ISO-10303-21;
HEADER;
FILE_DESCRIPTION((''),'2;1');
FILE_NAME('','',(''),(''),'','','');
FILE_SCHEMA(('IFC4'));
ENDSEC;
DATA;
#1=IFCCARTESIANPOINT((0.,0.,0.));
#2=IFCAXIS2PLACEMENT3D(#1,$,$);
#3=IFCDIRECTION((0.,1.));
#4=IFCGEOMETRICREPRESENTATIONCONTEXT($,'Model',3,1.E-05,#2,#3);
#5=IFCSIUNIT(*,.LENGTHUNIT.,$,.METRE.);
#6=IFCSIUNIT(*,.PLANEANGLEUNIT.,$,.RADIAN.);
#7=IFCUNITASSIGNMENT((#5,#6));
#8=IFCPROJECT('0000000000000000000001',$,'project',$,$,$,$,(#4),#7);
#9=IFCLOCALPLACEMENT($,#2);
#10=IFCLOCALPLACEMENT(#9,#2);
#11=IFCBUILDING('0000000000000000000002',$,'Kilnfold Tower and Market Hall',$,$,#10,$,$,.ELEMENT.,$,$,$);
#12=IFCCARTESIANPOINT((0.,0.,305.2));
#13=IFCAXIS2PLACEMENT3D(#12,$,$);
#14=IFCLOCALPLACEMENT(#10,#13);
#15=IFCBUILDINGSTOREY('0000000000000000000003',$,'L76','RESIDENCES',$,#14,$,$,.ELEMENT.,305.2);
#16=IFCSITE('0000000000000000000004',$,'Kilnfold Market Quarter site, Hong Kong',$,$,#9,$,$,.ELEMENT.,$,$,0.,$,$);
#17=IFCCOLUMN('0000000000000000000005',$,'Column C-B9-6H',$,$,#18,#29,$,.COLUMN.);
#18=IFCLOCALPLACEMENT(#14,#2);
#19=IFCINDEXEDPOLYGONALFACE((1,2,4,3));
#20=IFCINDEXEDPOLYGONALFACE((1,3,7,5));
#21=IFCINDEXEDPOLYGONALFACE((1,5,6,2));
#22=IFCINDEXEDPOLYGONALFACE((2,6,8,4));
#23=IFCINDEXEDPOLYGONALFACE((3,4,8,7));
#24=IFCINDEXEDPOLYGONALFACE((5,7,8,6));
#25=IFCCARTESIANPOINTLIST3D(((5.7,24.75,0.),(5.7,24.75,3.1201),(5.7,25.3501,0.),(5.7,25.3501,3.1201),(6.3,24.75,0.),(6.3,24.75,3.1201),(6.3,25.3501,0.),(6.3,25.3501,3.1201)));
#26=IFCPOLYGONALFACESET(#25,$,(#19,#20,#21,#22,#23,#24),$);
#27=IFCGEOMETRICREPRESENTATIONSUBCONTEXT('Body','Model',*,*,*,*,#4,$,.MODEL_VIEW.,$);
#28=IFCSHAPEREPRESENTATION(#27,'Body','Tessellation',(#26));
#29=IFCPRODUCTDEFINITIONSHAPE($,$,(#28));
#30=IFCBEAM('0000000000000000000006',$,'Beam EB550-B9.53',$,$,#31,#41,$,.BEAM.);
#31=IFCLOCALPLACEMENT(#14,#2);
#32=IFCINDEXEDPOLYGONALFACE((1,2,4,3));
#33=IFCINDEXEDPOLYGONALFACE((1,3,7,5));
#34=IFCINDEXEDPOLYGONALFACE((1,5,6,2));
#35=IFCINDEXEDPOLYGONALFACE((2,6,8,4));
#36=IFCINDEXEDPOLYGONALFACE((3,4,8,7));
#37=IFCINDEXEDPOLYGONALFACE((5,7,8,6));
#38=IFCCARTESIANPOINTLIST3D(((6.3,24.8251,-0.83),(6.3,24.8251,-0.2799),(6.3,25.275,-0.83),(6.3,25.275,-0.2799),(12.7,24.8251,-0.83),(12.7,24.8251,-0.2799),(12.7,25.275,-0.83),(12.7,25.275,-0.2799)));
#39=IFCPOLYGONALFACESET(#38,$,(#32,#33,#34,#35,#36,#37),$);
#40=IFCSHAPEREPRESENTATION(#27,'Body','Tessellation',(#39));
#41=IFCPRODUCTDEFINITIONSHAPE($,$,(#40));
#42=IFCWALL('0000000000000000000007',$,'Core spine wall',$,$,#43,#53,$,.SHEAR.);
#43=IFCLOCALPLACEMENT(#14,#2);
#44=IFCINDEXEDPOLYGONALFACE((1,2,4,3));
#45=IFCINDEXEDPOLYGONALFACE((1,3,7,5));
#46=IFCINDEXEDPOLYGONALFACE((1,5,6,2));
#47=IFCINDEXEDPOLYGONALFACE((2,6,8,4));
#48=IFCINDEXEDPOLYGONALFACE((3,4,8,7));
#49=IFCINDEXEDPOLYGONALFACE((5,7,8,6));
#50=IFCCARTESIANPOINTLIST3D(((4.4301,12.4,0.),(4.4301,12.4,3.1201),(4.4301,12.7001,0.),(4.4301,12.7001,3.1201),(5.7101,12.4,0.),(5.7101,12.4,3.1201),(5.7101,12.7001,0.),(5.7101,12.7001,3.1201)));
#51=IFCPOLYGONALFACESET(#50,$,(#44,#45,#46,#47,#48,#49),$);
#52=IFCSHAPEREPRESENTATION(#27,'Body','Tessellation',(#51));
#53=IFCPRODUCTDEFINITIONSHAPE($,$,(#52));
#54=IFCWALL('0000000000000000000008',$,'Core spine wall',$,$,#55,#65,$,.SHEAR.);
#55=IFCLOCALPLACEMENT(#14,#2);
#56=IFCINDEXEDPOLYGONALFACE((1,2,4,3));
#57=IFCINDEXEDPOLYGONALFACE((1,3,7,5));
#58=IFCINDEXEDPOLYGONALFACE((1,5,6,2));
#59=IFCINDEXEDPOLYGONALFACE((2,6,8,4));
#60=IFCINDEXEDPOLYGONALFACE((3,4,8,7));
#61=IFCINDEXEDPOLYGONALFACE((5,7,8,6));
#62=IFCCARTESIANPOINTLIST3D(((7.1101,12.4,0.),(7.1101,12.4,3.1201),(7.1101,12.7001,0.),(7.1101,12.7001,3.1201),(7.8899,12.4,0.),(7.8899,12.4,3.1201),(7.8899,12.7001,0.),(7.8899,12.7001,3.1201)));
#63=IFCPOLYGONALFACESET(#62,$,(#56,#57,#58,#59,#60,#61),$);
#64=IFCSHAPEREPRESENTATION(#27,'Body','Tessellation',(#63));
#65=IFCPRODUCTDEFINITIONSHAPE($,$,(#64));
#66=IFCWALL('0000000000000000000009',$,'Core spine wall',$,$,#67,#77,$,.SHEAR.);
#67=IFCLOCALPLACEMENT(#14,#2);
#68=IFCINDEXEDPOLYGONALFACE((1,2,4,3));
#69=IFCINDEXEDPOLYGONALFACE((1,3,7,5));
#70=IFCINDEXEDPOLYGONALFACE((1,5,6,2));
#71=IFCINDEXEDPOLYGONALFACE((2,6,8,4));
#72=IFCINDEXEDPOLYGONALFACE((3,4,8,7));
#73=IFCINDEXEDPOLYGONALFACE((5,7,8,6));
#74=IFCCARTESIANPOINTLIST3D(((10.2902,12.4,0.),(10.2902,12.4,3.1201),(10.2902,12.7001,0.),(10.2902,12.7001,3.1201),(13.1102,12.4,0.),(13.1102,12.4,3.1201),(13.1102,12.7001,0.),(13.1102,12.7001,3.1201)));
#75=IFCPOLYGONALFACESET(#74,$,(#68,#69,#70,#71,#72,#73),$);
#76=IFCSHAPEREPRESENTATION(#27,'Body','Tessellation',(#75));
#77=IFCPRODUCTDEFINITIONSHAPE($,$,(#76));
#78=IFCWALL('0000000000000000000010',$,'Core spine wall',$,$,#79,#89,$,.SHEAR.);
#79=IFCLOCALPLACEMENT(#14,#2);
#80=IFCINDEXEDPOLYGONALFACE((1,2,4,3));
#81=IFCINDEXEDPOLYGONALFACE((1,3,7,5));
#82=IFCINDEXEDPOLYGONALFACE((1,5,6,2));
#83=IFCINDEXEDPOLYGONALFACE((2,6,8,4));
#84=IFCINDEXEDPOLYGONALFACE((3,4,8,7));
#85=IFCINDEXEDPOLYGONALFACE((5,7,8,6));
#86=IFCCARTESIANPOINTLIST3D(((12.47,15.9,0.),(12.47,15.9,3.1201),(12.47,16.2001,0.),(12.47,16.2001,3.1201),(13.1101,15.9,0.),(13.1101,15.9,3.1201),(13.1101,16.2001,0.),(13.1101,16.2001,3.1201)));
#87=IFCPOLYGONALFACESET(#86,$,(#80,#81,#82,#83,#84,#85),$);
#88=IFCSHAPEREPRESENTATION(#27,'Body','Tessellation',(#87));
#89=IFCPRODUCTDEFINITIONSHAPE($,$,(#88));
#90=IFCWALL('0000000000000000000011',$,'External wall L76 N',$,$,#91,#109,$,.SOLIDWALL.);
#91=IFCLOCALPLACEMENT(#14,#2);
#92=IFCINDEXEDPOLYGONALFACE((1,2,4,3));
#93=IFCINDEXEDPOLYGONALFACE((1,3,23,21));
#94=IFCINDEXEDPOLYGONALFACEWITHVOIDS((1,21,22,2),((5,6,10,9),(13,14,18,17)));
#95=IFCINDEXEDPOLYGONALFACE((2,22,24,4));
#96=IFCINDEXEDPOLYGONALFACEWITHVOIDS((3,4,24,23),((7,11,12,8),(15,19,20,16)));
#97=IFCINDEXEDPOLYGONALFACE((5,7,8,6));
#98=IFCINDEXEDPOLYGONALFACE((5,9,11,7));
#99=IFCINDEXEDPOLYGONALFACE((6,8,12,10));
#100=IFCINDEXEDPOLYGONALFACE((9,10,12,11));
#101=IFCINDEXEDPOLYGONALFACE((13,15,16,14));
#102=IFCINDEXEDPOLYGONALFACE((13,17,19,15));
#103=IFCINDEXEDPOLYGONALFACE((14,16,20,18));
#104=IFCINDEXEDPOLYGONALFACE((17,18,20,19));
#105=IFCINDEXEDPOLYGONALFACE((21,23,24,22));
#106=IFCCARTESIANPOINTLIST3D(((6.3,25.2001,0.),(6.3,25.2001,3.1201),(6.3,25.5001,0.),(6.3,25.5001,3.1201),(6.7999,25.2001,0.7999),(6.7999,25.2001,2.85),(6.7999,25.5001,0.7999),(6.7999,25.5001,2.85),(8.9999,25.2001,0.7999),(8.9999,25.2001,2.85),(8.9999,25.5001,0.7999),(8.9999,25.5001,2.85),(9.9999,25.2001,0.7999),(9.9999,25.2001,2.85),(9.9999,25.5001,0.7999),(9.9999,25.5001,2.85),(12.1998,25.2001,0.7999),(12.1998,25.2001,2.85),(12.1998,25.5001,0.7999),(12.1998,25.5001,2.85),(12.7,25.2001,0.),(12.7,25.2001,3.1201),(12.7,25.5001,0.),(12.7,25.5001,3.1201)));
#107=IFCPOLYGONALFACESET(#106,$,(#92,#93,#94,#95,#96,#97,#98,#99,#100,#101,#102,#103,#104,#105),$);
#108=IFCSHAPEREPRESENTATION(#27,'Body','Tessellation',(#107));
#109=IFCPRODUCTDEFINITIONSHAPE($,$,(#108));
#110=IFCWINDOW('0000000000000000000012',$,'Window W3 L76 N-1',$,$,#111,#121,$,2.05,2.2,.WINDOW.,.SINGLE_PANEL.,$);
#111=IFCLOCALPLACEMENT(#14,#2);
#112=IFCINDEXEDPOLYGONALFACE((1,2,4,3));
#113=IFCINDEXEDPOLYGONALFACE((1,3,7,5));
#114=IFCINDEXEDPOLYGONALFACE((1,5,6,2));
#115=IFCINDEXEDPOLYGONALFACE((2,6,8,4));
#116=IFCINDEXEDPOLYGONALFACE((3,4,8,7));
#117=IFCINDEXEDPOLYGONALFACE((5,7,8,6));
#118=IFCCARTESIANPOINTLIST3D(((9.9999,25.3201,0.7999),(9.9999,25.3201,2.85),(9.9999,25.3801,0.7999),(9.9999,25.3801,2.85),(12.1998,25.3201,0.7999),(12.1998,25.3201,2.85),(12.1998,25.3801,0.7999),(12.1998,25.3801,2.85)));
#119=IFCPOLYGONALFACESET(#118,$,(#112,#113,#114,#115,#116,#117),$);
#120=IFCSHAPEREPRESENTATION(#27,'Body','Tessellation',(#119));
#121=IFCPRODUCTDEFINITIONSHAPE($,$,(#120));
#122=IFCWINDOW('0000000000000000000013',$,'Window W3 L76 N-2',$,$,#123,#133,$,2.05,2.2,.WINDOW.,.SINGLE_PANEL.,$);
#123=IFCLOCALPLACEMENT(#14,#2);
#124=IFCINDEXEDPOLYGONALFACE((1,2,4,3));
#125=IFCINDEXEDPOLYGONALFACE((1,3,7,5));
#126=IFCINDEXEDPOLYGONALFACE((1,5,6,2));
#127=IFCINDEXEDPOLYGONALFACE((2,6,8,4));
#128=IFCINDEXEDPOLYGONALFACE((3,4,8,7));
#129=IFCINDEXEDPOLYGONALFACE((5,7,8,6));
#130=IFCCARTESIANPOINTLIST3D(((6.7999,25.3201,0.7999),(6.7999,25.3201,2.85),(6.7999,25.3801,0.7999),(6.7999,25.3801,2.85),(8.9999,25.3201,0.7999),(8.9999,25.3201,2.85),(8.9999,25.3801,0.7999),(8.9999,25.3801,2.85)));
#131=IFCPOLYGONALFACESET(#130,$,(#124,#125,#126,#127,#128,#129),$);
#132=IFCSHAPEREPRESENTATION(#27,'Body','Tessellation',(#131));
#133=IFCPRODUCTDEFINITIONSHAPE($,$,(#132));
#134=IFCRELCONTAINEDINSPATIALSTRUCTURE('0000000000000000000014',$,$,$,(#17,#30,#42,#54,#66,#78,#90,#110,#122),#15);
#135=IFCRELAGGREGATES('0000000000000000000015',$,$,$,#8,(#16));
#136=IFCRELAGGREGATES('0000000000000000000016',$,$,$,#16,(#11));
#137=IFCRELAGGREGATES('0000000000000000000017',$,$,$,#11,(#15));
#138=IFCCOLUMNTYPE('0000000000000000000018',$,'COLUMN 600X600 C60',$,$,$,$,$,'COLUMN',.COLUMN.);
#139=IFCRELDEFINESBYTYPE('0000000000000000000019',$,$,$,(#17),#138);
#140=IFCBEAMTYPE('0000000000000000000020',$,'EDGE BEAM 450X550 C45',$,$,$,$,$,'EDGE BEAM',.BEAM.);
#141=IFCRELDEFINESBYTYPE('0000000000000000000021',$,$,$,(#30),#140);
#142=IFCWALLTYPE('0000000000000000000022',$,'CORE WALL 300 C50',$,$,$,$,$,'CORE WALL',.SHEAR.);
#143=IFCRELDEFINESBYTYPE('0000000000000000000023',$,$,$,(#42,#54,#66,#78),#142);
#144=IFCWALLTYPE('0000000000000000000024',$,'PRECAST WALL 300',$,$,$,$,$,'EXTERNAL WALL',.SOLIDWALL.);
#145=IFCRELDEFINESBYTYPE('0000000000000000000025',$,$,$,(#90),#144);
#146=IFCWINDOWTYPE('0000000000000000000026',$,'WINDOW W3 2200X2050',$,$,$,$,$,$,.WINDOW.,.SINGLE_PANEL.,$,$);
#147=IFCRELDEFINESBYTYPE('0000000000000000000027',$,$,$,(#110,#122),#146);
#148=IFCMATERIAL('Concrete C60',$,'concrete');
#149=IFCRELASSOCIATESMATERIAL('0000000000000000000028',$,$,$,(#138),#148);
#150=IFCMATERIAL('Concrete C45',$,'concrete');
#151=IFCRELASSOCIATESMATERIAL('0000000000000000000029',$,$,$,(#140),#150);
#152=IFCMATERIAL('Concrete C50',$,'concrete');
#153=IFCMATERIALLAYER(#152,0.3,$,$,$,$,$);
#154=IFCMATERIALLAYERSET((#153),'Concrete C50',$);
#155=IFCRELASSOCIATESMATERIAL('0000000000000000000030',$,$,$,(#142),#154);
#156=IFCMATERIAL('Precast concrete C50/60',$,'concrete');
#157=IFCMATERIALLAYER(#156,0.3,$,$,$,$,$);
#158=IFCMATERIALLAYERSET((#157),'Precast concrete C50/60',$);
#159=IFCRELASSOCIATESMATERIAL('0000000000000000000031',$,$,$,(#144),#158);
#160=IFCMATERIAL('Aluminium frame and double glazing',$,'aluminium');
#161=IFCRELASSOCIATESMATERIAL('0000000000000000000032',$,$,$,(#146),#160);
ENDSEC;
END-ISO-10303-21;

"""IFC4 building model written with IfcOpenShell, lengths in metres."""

from ifc_helpers import new_model, si_unit, direction, frame, frame_2d, origin, origin_2d, place, context, subcontext, project, spatial, rectangle, extrude, source, transform, mapped, material, layer, layer_set, material_profile, profile_set, type_object, element, fill, save


model = new_model("IFC4")

# Units and contexts
model_context = context("Model", 3, precision=1e-05, world=origin(), true_north=direction((0.0, 1.0)))
body_context = subcontext(model_context, "Body", "Model", "MODEL_VIEW")
ifc_project = project(units=[si_unit("LENGTHUNIT", "METRE"), si_unit("PLANEANGLEUNIT", "RADIAN")], contexts=[model_context])

# Site, building, storey
site_placement = place(None, origin())
site = spatial("IfcSite", under=ifc_project, at=site_placement, Name="Kilnfold Market Quarter site, Hong Kong", CompositionType="ELEMENT", RefElevation=0.0)
building_placement = place(site_placement, origin())
building = spatial("IfcBuilding", under=site, at=building_placement, Name="Kilnfold Tower and Market Hall", CompositionType="ELEMENT")
storey_placement = place(building_placement, frame((0.0, 0.0, 305.2)))
storey = spatial("IfcBuildingStorey", under=building, at=storey_placement, Name="L76", Description="RESIDENCES", CompositionType="ELEMENT", Elevation=305.2)

# Column
ifc_material_1 = material(Name="Concrete C60", Category="concrete")
ifc_material_profile_1 = material_profile(ifc_material_1, rectangle(XDim=0.6001, YDim=0.6001, at=origin_2d()), Name="RC 600x600")
ifc_profile_set_1 = profile_set([ifc_material_profile_1], Name="Concrete C60")
column_type = type_object("IfcColumnType", Name="COLUMN 600X600 C60", ElementType="COLUMN", PredefinedType="COLUMN", material=ifc_profile_set_1)
shared_shape_1 = source(origin(), body_context, "Body", "SweptSolid", [
    extrude(rectangle(XDim=0.6001, YDim=0.6001, at=origin_2d()), origin(), (0.0, 0.0, 1.0), 3.1201),
])
column_placement = place(storey_placement, frame((6.0, 25.05, 0.0), z_axis=(0.0, 0.0, 1.0), x_axis=(1.0, 0.0, 0.0)))
element("IfcColumn", 1, at=column_placement, inside=storey, type_object=column_type, Name="Column C-B9-6H", PredefinedType="COLUMN", context=body_context, shape_type="MappedRepresentation", body=[
    mapped(shared_shape_1, transform((0.0, 0.0, 0.0))),
])

# Beam
ifc_material_2 = material(Name="Concrete C45", Category="concrete")
ifc_material_profile_2 = material_profile(ifc_material_2, rectangle(XDim=0.45, YDim=0.55, at=origin_2d()), Name="RC 450x550")
ifc_profile_set_2 = profile_set([ifc_material_profile_2], Name="Concrete C45")
beam_type = type_object("IfcBeamType", Name="EDGE BEAM 450X550 C45", ElementType="EDGE BEAM", PredefinedType="BEAM", material=ifc_profile_set_2)
shared_shape_2 = source(origin(), body_context, "Body", "SweptSolid", [
    extrude(rectangle(XDim=0.45, YDim=0.55, at=origin_2d()), origin(), (0.0, 0.0, 1.0), 6.3999),
])
beam_placement = place(storey_placement, frame((6.3, 25.05, -0.5549), z_axis=(1.0, 0.0, 0.0), x_axis=(0.0, 1.0, 0.0)))
element("IfcBeam", 2, at=beam_placement, inside=storey, type_object=beam_type, Name="Beam EB550-B9.53", PredefinedType="BEAM", context=body_context, shape_type="MappedRepresentation", body=[
    mapped(shared_shape_2, transform((0.0, 0.0, 0.0))),
])

# Walls
ifc_material_3 = material(Name="Concrete C50", Category="concrete")
ifc_layer_1 = layer(ifc_material_3, 0.3)
ifc_layer_set_1 = layer_set([ifc_layer_1], Name="Concrete C50")
wall_type_1 = type_object("IfcWallType", Name="CORE WALL 300 C50", ElementType="CORE WALL", PredefinedType="SHEAR", material=ifc_layer_set_1)
shared_shape_3 = source(origin(), body_context, "Body", "SweptSolid", [
    extrude(rectangle(XDim=1.28, YDim=0.3, at=frame_2d((0.6401, 0.0))), origin(), (0.0, 0.0, 1.0), 3.1201),
])
wall_1_placement = place(storey_placement, frame((4.4299, 12.55, 0.0), z_axis=(0.0, 0.0, 1.0), x_axis=(1.0, 0.0, 0.0)))
element("IfcWall", 3, at=wall_1_placement, inside=storey, type_object=wall_type_1, Name="Core spine wall", PredefinedType="SHEAR", context=body_context, shape_type="MappedRepresentation", body=[
    mapped(shared_shape_3, transform((0.0, 0.0, 0.0))),
])
shared_shape_4 = source(origin(), body_context, "Body", "SweptSolid", [
    extrude(rectangle(XDim=0.7798, YDim=0.3, at=frame_2d((0.3899, 0.0))), origin(), (0.0, 0.0, 1.0), 3.1201),
])
wall_2_placement = place(storey_placement, frame((7.1101, 12.55, 0.0), z_axis=(0.0, 0.0, 1.0), x_axis=(1.0, 0.0, 0.0)))
element("IfcWall", 4, at=wall_2_placement, inside=storey, type_object=wall_type_1, Name="Core spine wall", PredefinedType="SHEAR", context=body_context, shape_type="MappedRepresentation", body=[
    mapped(shared_shape_4, transform((0.0, 0.0, 0.0))),
])
shared_shape_5 = source(origin(), body_context, "Body", "SweptSolid", [
    extrude(rectangle(XDim=2.8201, YDim=0.3, at=frame_2d((1.4102, 0.0))), origin(), (0.0, 0.0, 1.0), 3.1201),
])
wall_3_placement = place(storey_placement, frame((10.29, 12.55, 0.0), z_axis=(0.0, 0.0, 1.0), x_axis=(1.0, 0.0, 0.0)))
element("IfcWall", 5, at=wall_3_placement, inside=storey, type_object=wall_type_1, Name="Core spine wall", PredefinedType="SHEAR", context=body_context, shape_type="MappedRepresentation", body=[
    mapped(shared_shape_5, transform((0.0, 0.0, 0.0))),
])
shared_shape_6 = source(origin(), body_context, "Body", "SweptSolid", [
    extrude(rectangle(XDim=0.6401, YDim=0.3, at=frame_2d((0.3201, 0.0))), origin(), (0.0, 0.0, 1.0), 3.1201),
])
wall_4_placement = place(storey_placement, frame((12.47, 16.05, 0.0), z_axis=(0.0, 0.0, 1.0), x_axis=(1.0, 0.0, 0.0)))
element("IfcWall", 6, at=wall_4_placement, inside=storey, type_object=wall_type_1, Name="Core spine wall", PredefinedType="SHEAR", context=body_context, shape_type="MappedRepresentation", body=[
    mapped(shared_shape_6, transform((0.0, 0.0, 0.0))),
])

# Wall, openings, windows
ifc_material_4 = material(Name="Precast concrete C50/60", Category="concrete")
ifc_layer_2 = layer(ifc_material_4, 0.3)
ifc_layer_set_2 = layer_set([ifc_layer_2], Name="Precast concrete C50/60")
wall_type_2 = type_object("IfcWallType", Name="PRECAST WALL 300", ElementType="EXTERNAL WALL", PredefinedType="SOLIDWALL", material=ifc_layer_set_2)
shared_shape_7 = source(origin(), body_context, "Body", "SweptSolid", [
    extrude(rectangle(XDim=6.3999, YDim=0.3, at=frame_2d((3.2, 0.0))), origin(), (0.0, 0.0, 1.0), 3.1201),
])
wall_5_placement = place(storey_placement, frame((12.7, 25.3501, 0.0), z_axis=(0.0, 0.0, 1.0), x_axis=(-1.0, 0.0, 0.0)))
wall_5 = element("IfcWall", 7, at=wall_5_placement, inside=storey, type_object=wall_type_2, Name="External wall L76 N", PredefinedType="SOLIDWALL", context=body_context, shape_type="MappedRepresentation", body=[
    mapped(shared_shape_7, transform((0.0, 0.0, 0.0))),
])
opening_1_placement = place(wall_5_placement, frame((0.5, 0.0, 0.8)))
opening_1 = element("IfcOpeningElement", 8, at=opening_1_placement, cuts=wall_5, PredefinedType="OPENING", context=body_context, shape_type="SweptSolid", body=[
    extrude(rectangle(XDim=2.2, YDim=2.05, at=frame_2d((1.1001, 1.0249))), frame((0.0, 0.1602, 0.0), z_axis=(0.0, -1.0, 0.0), x_axis=(1.0, 0.0, 0.0)), (0.0, 0.0, 1.0), 0.3201),
])
opening_2_placement = place(wall_5_placement, frame((3.7, 0.0, 0.8)))
opening_2 = element("IfcOpeningElement", 9, at=opening_2_placement, cuts=wall_5, PredefinedType="OPENING", context=body_context, shape_type="SweptSolid", body=[
    extrude(rectangle(XDim=2.2, YDim=2.05, at=frame_2d((1.1001, 1.0249))), frame((0.0, 0.1602, 0.0), z_axis=(0.0, -1.0, 0.0), x_axis=(1.0, 0.0, 0.0)), (0.0, 0.0, 1.0), 0.3201),
])
ifc_material_5 = material(Name="Aluminium frame and double glazing", Category="aluminium")
window_type = type_object("IfcWindowType", Name="WINDOW W3 2200X2050", PartitioningType="SINGLE_PANEL", PredefinedType="WINDOW", material=ifc_material_5)
window_1_placement = place(opening_1_placement, origin())
window_1 = element("IfcWindow", 10, at=window_1_placement, inside=storey, type_object=window_type, Name="Window W3 L76 N-1", OverallHeight=2.05, OverallWidth=2.2, PartitioningType="SINGLE_PANEL", PredefinedType="WINDOW", context=body_context, shape_type="SweptSolid", body=[
    extrude(rectangle(XDim=2.2, YDim=2.05, at=frame_2d((1.1001, 1.0249))), frame((0.0, 0.03, 0.0), z_axis=(0.0, -1.0, 0.0), x_axis=(1.0, 0.0, 0.0)), (0.0, 0.0, 1.0), 0.0601),
])
fill(opening_1, window_1)
window_2_placement = place(opening_2_placement, origin())
window_2 = element("IfcWindow", 11, at=window_2_placement, inside=storey, type_object=window_type, Name="Window W3 L76 N-2", OverallHeight=2.05, OverallWidth=2.2, PartitioningType="SINGLE_PANEL", PredefinedType="WINDOW", context=body_context, shape_type="SweptSolid", body=[
    extrude(rectangle(XDim=2.2, YDim=2.05, at=frame_2d((1.1001, 1.0249))), frame((0.0, 0.03, 0.0), z_axis=(0.0, -1.0, 0.0), x_axis=(1.0, 0.0, 0.0)), (0.0, 0.0, 1.0), 0.0601),
])
fill(opening_2, window_2)

save(model, "model.ifc")
